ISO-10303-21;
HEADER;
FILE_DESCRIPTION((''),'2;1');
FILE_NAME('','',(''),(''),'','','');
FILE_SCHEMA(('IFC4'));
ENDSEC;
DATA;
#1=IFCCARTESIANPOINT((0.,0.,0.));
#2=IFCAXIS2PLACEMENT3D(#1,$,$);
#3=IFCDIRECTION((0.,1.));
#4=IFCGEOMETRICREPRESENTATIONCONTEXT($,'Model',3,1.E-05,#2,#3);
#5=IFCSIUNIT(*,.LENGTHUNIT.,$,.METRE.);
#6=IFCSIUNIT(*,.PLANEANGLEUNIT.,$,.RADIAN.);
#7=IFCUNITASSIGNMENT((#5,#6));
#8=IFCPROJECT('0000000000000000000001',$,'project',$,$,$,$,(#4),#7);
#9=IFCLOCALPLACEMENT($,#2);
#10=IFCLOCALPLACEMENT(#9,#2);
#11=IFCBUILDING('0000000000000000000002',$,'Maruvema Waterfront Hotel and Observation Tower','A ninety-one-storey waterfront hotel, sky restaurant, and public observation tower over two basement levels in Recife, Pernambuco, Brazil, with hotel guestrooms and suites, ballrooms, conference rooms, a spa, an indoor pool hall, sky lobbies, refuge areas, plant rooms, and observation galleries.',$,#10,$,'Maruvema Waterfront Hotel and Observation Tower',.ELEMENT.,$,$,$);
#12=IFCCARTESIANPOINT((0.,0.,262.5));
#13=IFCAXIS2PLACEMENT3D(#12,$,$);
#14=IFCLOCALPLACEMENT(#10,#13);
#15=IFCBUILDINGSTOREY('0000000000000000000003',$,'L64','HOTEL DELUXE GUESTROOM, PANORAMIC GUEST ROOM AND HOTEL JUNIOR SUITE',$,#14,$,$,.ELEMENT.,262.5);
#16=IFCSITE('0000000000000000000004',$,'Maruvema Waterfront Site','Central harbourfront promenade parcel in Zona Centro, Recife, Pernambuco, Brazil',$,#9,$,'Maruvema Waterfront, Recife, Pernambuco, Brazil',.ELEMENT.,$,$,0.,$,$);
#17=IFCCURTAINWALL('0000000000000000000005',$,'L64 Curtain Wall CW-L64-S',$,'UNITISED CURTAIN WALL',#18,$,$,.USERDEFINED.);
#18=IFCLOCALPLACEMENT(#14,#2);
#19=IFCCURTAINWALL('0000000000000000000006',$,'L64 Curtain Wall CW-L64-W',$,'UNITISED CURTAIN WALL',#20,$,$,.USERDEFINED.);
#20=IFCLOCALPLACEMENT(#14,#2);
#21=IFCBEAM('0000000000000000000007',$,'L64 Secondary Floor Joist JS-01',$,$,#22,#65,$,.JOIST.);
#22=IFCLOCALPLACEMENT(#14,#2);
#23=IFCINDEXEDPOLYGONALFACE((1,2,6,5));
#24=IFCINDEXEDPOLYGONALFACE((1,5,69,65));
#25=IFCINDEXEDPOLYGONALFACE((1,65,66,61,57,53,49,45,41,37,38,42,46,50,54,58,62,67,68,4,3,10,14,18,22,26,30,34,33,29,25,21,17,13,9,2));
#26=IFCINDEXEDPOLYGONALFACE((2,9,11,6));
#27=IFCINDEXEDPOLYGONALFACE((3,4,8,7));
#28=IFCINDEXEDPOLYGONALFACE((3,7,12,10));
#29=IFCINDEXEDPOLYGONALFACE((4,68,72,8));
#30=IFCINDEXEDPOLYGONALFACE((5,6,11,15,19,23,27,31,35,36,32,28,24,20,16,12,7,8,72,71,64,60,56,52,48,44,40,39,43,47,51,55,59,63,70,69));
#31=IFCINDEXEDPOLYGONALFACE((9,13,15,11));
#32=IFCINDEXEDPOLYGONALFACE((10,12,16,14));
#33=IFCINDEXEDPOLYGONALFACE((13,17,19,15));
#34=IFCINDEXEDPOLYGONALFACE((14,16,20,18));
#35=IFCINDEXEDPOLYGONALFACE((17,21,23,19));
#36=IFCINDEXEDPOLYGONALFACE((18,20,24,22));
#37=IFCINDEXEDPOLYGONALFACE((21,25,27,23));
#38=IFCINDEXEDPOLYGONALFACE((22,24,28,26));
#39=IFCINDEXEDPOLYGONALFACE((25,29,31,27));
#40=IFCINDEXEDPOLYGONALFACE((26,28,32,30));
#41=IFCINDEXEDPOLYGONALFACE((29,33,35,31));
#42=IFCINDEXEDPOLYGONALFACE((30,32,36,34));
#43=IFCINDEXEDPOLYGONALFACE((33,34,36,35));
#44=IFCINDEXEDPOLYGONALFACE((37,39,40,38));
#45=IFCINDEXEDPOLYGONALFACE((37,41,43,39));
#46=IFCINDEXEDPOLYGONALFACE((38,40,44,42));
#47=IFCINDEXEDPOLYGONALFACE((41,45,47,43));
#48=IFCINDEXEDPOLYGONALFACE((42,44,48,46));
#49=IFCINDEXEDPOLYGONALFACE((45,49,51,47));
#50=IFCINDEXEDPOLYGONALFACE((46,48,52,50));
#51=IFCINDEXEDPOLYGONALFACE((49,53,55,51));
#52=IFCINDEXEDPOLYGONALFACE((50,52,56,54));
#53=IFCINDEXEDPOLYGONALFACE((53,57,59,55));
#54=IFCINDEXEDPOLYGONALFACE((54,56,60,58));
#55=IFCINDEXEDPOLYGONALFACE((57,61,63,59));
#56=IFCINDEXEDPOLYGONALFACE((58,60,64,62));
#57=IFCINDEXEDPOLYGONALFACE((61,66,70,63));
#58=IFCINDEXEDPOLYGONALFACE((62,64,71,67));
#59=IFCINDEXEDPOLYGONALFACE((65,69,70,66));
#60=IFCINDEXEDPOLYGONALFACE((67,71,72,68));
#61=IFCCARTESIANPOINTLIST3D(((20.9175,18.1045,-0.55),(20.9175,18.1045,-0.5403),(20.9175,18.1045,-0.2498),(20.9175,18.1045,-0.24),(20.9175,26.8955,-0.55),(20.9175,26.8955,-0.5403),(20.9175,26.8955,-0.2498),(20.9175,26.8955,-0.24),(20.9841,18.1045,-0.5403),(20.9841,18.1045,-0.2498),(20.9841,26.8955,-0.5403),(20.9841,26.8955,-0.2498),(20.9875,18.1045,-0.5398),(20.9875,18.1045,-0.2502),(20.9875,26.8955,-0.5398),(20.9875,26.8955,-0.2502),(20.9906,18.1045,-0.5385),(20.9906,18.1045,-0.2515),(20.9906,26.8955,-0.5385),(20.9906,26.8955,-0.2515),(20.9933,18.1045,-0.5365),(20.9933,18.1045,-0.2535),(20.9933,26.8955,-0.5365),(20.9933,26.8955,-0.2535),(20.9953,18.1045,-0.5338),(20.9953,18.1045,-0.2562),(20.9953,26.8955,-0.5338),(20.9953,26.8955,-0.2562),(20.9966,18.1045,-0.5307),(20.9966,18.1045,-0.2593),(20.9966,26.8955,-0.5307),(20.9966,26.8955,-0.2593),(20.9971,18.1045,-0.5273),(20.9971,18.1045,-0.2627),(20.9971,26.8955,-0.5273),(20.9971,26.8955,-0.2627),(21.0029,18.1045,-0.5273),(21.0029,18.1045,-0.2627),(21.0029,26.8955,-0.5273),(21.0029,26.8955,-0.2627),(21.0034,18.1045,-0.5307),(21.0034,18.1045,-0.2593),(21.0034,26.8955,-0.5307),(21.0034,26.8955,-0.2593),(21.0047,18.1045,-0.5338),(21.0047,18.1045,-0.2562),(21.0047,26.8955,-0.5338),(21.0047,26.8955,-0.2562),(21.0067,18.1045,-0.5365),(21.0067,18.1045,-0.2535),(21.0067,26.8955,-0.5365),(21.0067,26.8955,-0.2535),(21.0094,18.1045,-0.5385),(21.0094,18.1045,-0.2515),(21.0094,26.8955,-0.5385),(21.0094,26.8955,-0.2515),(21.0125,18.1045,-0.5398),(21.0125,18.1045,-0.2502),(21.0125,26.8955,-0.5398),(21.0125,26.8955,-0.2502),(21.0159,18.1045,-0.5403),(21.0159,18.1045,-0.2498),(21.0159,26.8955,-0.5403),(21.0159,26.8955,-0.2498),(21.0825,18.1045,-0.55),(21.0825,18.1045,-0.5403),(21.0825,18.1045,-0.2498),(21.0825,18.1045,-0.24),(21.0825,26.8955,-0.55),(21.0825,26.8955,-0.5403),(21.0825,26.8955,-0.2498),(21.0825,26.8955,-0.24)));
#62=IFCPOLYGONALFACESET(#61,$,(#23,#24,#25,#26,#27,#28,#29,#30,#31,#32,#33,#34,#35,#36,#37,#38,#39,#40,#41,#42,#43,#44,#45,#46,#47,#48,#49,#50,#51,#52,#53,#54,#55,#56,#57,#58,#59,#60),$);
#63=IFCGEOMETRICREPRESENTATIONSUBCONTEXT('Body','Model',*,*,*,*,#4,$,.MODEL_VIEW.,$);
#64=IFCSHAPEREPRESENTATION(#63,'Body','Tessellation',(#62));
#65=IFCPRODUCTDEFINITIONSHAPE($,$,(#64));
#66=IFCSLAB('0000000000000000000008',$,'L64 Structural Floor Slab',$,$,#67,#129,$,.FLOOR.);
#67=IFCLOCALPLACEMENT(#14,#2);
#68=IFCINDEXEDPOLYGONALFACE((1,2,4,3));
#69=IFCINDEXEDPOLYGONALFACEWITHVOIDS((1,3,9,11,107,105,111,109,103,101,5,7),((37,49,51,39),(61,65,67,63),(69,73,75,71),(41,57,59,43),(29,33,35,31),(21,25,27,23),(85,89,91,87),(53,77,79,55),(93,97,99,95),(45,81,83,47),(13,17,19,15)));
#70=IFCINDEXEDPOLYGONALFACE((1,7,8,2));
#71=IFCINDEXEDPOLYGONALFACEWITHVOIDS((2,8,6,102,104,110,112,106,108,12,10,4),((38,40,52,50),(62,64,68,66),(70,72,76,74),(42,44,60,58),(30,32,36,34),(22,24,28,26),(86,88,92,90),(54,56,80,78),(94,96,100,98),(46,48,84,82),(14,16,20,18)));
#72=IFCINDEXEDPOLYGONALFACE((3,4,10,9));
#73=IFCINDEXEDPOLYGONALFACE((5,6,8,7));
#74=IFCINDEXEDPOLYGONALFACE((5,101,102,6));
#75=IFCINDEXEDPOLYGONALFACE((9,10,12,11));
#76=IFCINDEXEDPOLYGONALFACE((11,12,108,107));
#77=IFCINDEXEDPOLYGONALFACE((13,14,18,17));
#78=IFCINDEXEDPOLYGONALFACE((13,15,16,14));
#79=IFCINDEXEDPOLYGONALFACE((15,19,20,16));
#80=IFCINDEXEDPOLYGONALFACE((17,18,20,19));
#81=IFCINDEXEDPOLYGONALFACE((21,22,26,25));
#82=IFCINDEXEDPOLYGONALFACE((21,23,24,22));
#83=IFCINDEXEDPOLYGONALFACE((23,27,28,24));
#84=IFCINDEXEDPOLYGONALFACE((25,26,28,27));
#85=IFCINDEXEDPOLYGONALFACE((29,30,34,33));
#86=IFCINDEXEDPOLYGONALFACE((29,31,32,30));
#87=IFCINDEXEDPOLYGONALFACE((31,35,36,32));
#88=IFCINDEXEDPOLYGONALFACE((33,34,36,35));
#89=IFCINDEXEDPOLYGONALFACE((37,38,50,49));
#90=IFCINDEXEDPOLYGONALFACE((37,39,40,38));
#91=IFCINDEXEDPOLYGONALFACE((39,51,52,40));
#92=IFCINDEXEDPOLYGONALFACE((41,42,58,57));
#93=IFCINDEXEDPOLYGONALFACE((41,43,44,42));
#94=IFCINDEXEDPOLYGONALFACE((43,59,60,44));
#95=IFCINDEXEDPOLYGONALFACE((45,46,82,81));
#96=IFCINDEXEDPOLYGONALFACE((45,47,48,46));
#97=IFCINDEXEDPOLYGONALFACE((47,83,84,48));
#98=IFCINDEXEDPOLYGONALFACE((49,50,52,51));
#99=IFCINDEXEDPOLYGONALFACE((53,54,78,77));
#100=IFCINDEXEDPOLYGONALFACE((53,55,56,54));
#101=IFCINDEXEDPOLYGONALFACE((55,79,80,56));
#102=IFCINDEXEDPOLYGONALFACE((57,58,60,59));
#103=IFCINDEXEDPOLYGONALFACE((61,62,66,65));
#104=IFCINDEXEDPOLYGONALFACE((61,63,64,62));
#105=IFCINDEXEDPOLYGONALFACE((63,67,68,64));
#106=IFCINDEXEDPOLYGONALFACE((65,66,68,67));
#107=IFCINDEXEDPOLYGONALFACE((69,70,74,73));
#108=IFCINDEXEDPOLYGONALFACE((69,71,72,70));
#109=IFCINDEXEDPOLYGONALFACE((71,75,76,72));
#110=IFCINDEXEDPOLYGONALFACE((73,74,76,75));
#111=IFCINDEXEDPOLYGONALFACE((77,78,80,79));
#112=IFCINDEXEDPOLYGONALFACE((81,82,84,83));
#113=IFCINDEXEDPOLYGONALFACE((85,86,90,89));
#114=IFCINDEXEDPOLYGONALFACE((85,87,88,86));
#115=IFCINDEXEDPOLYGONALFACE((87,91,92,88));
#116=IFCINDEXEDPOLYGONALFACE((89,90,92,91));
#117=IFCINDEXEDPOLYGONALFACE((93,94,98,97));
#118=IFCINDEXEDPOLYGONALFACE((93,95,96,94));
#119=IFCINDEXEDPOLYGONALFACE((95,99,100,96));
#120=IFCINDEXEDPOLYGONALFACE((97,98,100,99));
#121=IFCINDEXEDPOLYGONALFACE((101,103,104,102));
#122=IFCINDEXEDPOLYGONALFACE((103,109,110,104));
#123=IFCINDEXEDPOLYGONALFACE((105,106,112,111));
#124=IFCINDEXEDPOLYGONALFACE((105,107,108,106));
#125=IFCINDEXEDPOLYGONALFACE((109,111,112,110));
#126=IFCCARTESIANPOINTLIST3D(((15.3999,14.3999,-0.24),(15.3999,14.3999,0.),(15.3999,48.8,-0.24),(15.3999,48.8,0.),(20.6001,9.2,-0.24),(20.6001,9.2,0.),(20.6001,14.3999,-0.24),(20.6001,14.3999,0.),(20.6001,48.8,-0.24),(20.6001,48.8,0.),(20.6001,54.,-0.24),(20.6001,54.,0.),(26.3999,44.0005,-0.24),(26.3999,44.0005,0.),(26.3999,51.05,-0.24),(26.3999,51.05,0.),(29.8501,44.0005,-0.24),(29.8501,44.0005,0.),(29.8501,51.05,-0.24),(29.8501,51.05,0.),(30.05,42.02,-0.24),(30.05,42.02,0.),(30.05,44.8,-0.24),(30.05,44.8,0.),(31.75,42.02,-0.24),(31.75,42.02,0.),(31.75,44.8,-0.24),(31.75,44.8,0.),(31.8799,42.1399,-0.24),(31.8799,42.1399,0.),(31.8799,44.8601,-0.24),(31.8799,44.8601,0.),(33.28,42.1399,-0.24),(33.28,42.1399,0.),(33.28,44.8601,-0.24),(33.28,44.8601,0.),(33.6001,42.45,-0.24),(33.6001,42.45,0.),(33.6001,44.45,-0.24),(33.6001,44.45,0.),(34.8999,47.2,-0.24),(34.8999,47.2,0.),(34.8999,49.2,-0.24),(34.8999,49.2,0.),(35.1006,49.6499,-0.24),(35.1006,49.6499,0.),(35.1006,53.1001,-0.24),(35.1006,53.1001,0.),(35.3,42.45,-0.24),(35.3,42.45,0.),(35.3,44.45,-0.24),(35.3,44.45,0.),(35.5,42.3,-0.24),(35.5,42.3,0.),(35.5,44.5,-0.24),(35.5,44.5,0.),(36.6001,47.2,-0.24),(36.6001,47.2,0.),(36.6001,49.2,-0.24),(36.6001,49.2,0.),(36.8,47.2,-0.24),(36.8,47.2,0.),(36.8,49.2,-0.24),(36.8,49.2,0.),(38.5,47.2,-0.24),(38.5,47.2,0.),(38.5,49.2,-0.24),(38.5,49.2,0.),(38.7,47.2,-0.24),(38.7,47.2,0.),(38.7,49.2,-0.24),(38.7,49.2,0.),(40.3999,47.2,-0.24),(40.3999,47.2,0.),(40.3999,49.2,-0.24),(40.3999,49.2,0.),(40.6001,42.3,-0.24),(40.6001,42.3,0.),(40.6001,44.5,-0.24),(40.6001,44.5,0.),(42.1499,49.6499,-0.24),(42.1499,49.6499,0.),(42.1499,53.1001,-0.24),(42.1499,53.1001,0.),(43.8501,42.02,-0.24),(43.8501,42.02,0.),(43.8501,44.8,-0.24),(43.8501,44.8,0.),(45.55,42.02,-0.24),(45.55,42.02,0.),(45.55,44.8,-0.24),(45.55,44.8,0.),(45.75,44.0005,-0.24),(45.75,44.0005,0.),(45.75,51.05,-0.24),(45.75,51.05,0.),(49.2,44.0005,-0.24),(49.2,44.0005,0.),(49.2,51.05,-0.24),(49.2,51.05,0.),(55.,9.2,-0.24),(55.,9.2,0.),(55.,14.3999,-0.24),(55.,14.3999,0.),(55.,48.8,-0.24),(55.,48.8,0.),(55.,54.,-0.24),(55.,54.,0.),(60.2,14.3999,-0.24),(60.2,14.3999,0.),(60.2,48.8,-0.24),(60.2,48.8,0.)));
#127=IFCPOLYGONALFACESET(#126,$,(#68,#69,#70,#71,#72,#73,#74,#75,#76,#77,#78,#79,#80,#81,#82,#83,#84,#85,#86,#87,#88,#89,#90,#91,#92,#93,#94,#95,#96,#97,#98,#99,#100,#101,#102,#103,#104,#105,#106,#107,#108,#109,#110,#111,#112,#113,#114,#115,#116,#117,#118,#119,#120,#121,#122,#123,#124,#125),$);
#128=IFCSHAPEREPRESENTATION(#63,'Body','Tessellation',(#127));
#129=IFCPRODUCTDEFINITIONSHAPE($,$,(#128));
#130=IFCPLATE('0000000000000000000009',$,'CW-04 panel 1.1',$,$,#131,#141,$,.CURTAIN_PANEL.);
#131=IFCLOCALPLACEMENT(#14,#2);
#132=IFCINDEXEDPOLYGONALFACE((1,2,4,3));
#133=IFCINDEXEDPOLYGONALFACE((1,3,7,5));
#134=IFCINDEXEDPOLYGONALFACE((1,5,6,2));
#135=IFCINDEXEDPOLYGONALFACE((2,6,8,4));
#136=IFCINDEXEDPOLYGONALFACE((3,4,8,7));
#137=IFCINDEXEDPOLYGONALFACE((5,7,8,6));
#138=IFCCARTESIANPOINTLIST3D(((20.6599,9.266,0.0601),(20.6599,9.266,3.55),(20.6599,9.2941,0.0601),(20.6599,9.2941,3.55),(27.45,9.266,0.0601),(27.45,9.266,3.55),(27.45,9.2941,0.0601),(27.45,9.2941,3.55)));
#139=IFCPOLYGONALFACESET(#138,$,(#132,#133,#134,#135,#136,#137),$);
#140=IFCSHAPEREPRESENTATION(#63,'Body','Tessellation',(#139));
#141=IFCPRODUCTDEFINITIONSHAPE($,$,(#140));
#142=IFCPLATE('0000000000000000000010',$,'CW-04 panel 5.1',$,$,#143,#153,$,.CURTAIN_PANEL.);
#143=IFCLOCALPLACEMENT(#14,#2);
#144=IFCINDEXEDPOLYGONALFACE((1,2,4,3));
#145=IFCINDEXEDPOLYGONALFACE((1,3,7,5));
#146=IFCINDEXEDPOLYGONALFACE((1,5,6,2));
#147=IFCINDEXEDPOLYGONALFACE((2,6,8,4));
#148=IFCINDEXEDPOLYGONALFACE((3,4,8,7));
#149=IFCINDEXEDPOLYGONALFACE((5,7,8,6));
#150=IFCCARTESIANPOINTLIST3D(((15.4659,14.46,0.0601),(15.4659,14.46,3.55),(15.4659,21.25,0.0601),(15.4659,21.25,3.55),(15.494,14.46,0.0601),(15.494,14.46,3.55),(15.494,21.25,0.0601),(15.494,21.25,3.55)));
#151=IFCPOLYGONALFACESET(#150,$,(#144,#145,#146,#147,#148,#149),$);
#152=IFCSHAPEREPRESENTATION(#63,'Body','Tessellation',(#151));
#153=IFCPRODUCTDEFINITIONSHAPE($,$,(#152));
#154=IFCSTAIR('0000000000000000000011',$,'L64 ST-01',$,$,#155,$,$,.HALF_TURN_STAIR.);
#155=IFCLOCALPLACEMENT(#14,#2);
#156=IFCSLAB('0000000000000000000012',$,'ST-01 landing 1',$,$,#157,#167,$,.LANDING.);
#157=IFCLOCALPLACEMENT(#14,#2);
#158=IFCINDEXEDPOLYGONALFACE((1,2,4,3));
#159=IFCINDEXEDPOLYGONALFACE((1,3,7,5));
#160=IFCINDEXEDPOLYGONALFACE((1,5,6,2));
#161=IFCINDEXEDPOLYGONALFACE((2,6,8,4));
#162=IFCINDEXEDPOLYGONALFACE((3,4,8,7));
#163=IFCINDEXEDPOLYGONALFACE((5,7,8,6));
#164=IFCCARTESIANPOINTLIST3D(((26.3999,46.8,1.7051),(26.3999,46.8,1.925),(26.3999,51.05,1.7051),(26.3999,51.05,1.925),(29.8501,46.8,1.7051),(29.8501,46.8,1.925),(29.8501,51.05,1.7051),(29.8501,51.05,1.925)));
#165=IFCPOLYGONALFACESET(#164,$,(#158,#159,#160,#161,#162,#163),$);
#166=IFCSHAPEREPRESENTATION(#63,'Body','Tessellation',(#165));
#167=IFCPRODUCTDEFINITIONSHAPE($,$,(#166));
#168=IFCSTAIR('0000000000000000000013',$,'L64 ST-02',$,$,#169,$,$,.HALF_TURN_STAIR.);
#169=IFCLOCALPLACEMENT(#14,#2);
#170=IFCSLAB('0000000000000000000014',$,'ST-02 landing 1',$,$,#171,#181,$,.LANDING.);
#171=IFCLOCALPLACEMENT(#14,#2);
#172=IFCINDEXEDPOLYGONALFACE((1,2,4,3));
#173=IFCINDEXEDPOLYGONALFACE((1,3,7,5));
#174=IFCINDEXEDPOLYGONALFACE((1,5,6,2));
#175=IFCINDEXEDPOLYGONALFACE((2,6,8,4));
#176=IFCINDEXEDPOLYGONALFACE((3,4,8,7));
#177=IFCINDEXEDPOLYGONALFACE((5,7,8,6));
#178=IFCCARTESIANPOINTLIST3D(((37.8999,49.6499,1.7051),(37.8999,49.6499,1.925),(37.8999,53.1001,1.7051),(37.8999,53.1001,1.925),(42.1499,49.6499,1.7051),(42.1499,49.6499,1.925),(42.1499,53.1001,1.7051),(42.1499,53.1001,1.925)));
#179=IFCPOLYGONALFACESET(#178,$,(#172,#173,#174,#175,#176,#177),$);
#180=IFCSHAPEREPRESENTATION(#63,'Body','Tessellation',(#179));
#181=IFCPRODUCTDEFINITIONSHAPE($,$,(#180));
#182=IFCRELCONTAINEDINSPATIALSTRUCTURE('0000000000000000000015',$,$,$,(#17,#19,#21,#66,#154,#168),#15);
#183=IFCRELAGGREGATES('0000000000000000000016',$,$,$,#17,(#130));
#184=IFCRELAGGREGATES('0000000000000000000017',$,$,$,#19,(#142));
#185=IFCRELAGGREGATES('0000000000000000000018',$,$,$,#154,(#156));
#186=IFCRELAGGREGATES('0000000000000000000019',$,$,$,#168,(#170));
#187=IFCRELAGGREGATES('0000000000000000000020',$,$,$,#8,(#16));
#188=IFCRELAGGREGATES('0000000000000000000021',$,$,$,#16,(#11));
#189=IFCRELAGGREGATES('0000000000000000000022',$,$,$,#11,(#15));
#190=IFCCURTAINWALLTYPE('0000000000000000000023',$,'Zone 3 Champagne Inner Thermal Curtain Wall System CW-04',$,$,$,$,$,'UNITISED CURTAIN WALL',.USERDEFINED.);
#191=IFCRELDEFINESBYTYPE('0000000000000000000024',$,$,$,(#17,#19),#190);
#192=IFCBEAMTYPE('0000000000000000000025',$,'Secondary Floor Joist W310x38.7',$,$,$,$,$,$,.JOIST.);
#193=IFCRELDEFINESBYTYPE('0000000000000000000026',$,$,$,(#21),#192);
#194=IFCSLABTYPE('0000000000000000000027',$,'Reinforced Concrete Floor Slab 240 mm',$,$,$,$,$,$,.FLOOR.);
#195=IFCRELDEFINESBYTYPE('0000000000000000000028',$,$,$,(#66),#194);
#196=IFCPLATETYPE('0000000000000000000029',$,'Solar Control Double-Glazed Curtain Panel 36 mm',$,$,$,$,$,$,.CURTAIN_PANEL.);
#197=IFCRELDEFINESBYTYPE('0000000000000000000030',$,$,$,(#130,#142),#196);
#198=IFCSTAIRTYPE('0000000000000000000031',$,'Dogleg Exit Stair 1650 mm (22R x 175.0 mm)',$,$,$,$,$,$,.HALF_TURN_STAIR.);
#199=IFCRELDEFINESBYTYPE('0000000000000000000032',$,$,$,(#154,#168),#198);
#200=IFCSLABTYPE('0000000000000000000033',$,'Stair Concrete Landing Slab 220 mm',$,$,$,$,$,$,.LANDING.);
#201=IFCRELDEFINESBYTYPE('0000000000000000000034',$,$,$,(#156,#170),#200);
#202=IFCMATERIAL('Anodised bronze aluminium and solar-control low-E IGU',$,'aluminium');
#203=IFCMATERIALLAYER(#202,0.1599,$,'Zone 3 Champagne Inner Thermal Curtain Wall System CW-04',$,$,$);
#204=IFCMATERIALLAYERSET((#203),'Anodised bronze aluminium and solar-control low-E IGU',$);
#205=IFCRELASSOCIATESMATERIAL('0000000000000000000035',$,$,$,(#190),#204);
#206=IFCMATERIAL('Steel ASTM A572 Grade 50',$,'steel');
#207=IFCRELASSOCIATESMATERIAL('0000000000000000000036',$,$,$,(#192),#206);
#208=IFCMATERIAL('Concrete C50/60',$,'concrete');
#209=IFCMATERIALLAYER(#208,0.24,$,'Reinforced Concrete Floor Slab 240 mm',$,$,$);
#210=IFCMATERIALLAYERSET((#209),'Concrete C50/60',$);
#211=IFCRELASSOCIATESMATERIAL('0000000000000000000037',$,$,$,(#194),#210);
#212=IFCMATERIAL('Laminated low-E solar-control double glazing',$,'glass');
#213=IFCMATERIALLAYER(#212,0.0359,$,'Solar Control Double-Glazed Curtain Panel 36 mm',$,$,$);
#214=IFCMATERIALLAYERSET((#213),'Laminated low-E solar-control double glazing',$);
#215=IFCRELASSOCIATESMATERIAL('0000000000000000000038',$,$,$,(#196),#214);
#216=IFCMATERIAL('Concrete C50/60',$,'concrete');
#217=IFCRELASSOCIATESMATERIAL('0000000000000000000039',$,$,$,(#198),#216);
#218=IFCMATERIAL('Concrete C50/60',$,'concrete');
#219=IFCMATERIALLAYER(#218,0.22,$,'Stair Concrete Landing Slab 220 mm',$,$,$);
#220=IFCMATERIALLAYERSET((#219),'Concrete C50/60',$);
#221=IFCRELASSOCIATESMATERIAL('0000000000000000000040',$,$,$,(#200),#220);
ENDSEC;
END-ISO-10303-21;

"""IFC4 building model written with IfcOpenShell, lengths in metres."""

from ifc_helpers import new_model, si_unit, direction, frame, origin, origin_2d, place, context, subcontext, project, spatial, polyline, rectangle, i_section, outline, extrude, material, layer, layer_set, material_profile, profile_set, type_object, element, aggregate, save


model = new_model("IFC4")

# Units and contexts
model_context = context("Model", 3, precision=1e-05, world=origin(), true_north=direction((0.0, 1.0)))
body_context = subcontext(model_context, "Body", "Model", "MODEL_VIEW")
ifc_project = project(units=[si_unit("LENGTHUNIT", "METRE"), si_unit("PLANEANGLEUNIT", "RADIAN")], contexts=[model_context])

# Site, building, storey
site_placement = place(None, origin())
site = spatial("IfcSite", under=ifc_project, at=site_placement, Name="Maruvema Waterfront Site", Description="Central harbourfront promenade parcel in Zona Centro, Recife, Pernambuco, Brazil", LongName="Maruvema Waterfront, Recife, Pernambuco, Brazil", CompositionType="ELEMENT", RefElevation=0.0)
building_placement = place(site_placement, origin())
building = spatial("IfcBuilding", under=site, at=building_placement, Name="Maruvema Waterfront Hotel and Observation Tower", Description="A ninety-one-storey waterfront hotel, sky restaurant, and public observation tower over two basement levels in Recife, Pernambuco, Brazil, with hotel guestrooms and suites, ballrooms, conference rooms, a spa, an indoor pool hall, sky lobbies, refuge areas, plant rooms, and observation galleries.", LongName="Maruvema Waterfront Hotel and Observation Tower", CompositionType="ELEMENT")
storey_placement = place(building_placement, frame((0.0, 0.0, 262.5)))
storey = spatial("IfcBuildingStorey", under=building, at=storey_placement, Name="L64", Description="HOTEL DELUXE GUESTROOM, PANORAMIC GUEST ROOM AND HOTEL JUNIOR SUITE", CompositionType="ELEMENT", Elevation=262.5)

# Curtain wall
ifc_material_1 = material(Name="Anodised bronze aluminium and solar-control low-E IGU", Category="aluminium")
ifc_layer_1 = layer(ifc_material_1, 0.1599, Name="Zone 3 Champagne Inner Thermal Curtain Wall System CW-04")
ifc_layer_set_1 = layer_set([ifc_layer_1], Name="Anodised bronze aluminium and solar-control low-E IGU")
curtain_wall_type = type_object("IfcCurtainWallType", Name="Zone 3 Champagne Inner Thermal Curtain Wall System CW-04", ElementType="UNITISED CURTAIN WALL", PredefinedType="USERDEFINED", material=ifc_layer_set_1)
curtain_wall_1_placement = place(storey_placement, origin())
curtain_wall_1 = element("IfcCurtainWall", 1, at=curtain_wall_1_placement, inside=storey, type_object=curtain_wall_type, Name="L64 Curtain Wall CW-L64-S", ObjectType="UNITISED CURTAIN WALL", PredefinedType="USERDEFINED")

# Curtain wall
curtain_wall_2_placement = place(storey_placement, origin())
curtain_wall_2 = element("IfcCurtainWall", 2, at=curtain_wall_2_placement, inside=storey, type_object=curtain_wall_type, Name="L64 Curtain Wall CW-L64-W", ObjectType="UNITISED CURTAIN WALL", PredefinedType="USERDEFINED")

# Beam
ifc_material_2 = material(Name="Steel ASTM A572 Grade 50", Category="steel")
ifc_material_profile_1 = material_profile(ifc_material_2, i_section(OverallWidth=0.165, OverallDepth=0.3101, WebThickness=0.0059, FlangeThickness=0.0098, FilletRadius=0.0129, at=origin_2d()), Name="W310x38.7")
ifc_profile_set_1 = profile_set([ifc_material_profile_1], Name="Steel ASTM A572 Grade 50")
beam_type_1 = type_object("IfcBeamType", Name="Secondary Floor Joist W310x38.7", PredefinedType="JOIST", material=ifc_profile_set_1)
beam_1_placement = place(storey_placement, frame((21.0, 18.1045, -0.395), z_axis=(0.0, 1.0, 0.0), x_axis=(-1.0, 0.0, 0.0)))
element("IfcBeam", 3, at=beam_1_placement, inside=storey, type_object=beam_type_1, Name="L64 Secondary Floor Joist JS-01", PredefinedType="JOIST", context=body_context, shape_type="SweptSolid", body=[
    extrude(i_section(OverallWidth=0.165, OverallDepth=0.3101, WebThickness=0.0059, FlangeThickness=0.0098, FilletRadius=0.0129, at=origin_2d()), origin(), (0.0, 0.0, 1.0), 8.791),
])

# Slab
ifc_material_3 = material(Name="Concrete C50/60", Category="concrete")
ifc_layer_2 = layer(ifc_material_3, 0.24, Name="Reinforced Concrete Floor Slab 240 mm")
ifc_layer_set_2 = layer_set([ifc_layer_2], Name="Concrete C50/60")
slab_type_1 = type_object("IfcSlabType", Name="Reinforced Concrete Floor Slab 240 mm", PredefinedType="FLOOR", material=ifc_layer_set_2)
slab_1_placement = place(storey_placement, frame((0.0, 0.0, -0.24)))
element("IfcSlab", 4, at=slab_1_placement, inside=storey, type_object=slab_type_1, Name="L64 Structural Floor Slab", PredefinedType="FLOOR", context=body_context, shape_type="SweptSolid", body=[
    extrude(outline(polyline([(20.6001, 9.2), (55.0, 9.2), (55.0, 14.3999), (60.2, 14.3999), (60.2, 48.8), (55.0, 48.8), (55.0, 54.0), (20.6001, 54.0), (20.6001, 48.8), (15.3999, 48.8), (15.3999, 14.3999), (20.6001, 14.3999), (20.6001, 9.2)]), holes=[polyline([(26.3999, 44.0005), (26.3999, 51.05), (29.8501, 51.05), (29.8501, 44.0005), (26.3999, 44.0005)]), polyline([(30.05, 44.8), (31.75, 44.8), (31.75, 42.02), (30.05, 42.02), (30.05, 44.8)]), polyline([(31.8799, 42.1399), (31.8799, 44.8601), (33.28, 44.8601), (33.28, 42.1399), (31.8799, 42.1399)]), polyline([(33.6001, 44.45), (35.3, 44.45), (35.3, 42.45), (33.6001, 42.45), (33.6001, 44.45)]), polyline([(34.8999, 49.2), (36.6001, 49.2), (36.6001, 47.2), (34.8999, 47.2), (34.8999, 49.2)]), polyline([(36.8, 47.2), (36.8, 49.2), (38.5, 49.2), (38.5, 47.2), (36.8, 47.2)]), polyline([(35.5, 42.3), (35.5, 44.5), (40.6001, 44.5), (40.6001, 42.3), (35.5, 42.3)]), polyline([(35.1006, 53.1001), (42.1499, 53.1001), (42.1499, 49.6499), (35.1006, 49.6499), (35.1006, 53.1001)]), polyline([(38.7, 49.2), (40.3999, 49.2), (40.3999, 47.2), (38.7, 47.2), (38.7, 49.2)]), polyline([(43.8501, 44.8), (45.55, 44.8), (45.55, 42.02), (43.8501, 42.02), (43.8501, 44.8)]), polyline([(45.75, 44.0005), (45.75, 51.05), (49.2, 51.05), (49.2, 44.0005), (45.75, 44.0005)])]), origin(), (0.0, 0.0, 1.0), 0.24),
])

# Plates
ifc_material_4 = material(Name="Laminated low-E solar-control double glazing", Category="glass")
ifc_layer_3 = layer(ifc_material_4, 0.0359, Name="Solar Control Double-Glazed Curtain Panel 36 mm")
ifc_layer_set_3 = layer_set([ifc_layer_3], Name="Laminated low-E solar-control double glazing")
plate_type = type_object("IfcPlateType", Name="Solar Control Double-Glazed Curtain Panel 36 mm", PredefinedType="CURTAIN_PANEL", material=ifc_layer_set_3)
plate_1_placement = place(storey_placement, frame((24.0549, 9.28, 0.0601), z_axis=(0.0, 0.0, 1.0), x_axis=(1.0, 0.0, 0.0)))
plate_1 = element("IfcPlate", 5, at=plate_1_placement, type_object=plate_type, Name="CW-04 panel 1.1", PredefinedType="CURTAIN_PANEL", context=body_context, shape_type="SweptSolid", body=[
    extrude(rectangle(XDim=6.79, YDim=0.0281, at=origin_2d()), origin(), (0.0, 0.0, 1.0), 3.49),
])
aggregate(curtain_wall_1, [plate_1])
plate_2_placement = place(storey_placement, frame((15.48, 17.855, 0.0601), z_axis=(0.0, 0.0, 1.0), x_axis=(0.0, -1.0, 0.0)))
plate_2 = element("IfcPlate", 6, at=plate_2_placement, type_object=plate_type, Name="CW-04 panel 5.1", PredefinedType="CURTAIN_PANEL", context=body_context, shape_type="SweptSolid", body=[
    extrude(rectangle(XDim=6.79, YDim=0.0281, at=origin_2d()), origin(), (0.0, 0.0, 1.0), 3.49),
])
aggregate(curtain_wall_2, [plate_2])

# Stairs, slabs
ifc_material_5 = material(Name="Concrete C50/60", Category="concrete")
stair_type = type_object("IfcStairType", Name="Dogleg Exit Stair 1650 mm (22R x 175.0 mm)", PredefinedType="HALF_TURN_STAIR", material=ifc_material_5)
stair_1_placement = place(storey_placement, origin())
stair_1 = element("IfcStair", 7, at=stair_1_placement, inside=storey, type_object=stair_type, Name="L64 ST-01", PredefinedType="HALF_TURN_STAIR")
ifc_material_6 = material(Name="Concrete C50/60", Category="concrete")
ifc_layer_4 = layer(ifc_material_6, 0.22, Name="Stair Concrete Landing Slab 220 mm")
ifc_layer_set_4 = layer_set([ifc_layer_4], Name="Concrete C50/60")
slab_type_2 = type_object("IfcSlabType", Name="Stair Concrete Landing Slab 220 mm", PredefinedType="LANDING", material=ifc_layer_set_4)
slab_2_placement = place(storey_placement, frame((0.0, 0.0, 1.7051)))
slab_2 = element("IfcSlab", 8, at=slab_2_placement, type_object=slab_type_2, Name="ST-01 landing 1", PredefinedType="LANDING", context=body_context, shape_type="SweptSolid", body=[
    extrude(outline(polyline([(29.8501, 46.8), (29.8501, 51.05), (26.3999, 51.05), (26.3999, 46.8), (29.8501, 46.8)])), origin(), (0.0, 0.0, 1.0), 0.22),
])
aggregate(stair_1, [slab_2])
stair_2_placement = place(storey_placement, origin())
stair_2 = element("IfcStair", 9, at=stair_2_placement, inside=storey, type_object=stair_type, Name="L64 ST-02", PredefinedType="HALF_TURN_STAIR")
slab_3_placement = place(storey_placement, frame((0.0, 0.0, 1.7051)))
slab_3 = element("IfcSlab", 10, at=slab_3_placement, type_object=slab_type_2, Name="ST-02 landing 1", PredefinedType="LANDING", context=body_context, shape_type="SweptSolid", body=[
    extrude(outline(polyline([(37.8999, 49.6499), (42.1499, 49.6499), (42.1499, 53.1001), (37.8999, 53.1001), (37.8999, 49.6499)])), origin(), (0.0, 0.0, 1.0), 0.22),
])
aggregate(stair_2, [slab_3])

save(model, "model.ifc")
